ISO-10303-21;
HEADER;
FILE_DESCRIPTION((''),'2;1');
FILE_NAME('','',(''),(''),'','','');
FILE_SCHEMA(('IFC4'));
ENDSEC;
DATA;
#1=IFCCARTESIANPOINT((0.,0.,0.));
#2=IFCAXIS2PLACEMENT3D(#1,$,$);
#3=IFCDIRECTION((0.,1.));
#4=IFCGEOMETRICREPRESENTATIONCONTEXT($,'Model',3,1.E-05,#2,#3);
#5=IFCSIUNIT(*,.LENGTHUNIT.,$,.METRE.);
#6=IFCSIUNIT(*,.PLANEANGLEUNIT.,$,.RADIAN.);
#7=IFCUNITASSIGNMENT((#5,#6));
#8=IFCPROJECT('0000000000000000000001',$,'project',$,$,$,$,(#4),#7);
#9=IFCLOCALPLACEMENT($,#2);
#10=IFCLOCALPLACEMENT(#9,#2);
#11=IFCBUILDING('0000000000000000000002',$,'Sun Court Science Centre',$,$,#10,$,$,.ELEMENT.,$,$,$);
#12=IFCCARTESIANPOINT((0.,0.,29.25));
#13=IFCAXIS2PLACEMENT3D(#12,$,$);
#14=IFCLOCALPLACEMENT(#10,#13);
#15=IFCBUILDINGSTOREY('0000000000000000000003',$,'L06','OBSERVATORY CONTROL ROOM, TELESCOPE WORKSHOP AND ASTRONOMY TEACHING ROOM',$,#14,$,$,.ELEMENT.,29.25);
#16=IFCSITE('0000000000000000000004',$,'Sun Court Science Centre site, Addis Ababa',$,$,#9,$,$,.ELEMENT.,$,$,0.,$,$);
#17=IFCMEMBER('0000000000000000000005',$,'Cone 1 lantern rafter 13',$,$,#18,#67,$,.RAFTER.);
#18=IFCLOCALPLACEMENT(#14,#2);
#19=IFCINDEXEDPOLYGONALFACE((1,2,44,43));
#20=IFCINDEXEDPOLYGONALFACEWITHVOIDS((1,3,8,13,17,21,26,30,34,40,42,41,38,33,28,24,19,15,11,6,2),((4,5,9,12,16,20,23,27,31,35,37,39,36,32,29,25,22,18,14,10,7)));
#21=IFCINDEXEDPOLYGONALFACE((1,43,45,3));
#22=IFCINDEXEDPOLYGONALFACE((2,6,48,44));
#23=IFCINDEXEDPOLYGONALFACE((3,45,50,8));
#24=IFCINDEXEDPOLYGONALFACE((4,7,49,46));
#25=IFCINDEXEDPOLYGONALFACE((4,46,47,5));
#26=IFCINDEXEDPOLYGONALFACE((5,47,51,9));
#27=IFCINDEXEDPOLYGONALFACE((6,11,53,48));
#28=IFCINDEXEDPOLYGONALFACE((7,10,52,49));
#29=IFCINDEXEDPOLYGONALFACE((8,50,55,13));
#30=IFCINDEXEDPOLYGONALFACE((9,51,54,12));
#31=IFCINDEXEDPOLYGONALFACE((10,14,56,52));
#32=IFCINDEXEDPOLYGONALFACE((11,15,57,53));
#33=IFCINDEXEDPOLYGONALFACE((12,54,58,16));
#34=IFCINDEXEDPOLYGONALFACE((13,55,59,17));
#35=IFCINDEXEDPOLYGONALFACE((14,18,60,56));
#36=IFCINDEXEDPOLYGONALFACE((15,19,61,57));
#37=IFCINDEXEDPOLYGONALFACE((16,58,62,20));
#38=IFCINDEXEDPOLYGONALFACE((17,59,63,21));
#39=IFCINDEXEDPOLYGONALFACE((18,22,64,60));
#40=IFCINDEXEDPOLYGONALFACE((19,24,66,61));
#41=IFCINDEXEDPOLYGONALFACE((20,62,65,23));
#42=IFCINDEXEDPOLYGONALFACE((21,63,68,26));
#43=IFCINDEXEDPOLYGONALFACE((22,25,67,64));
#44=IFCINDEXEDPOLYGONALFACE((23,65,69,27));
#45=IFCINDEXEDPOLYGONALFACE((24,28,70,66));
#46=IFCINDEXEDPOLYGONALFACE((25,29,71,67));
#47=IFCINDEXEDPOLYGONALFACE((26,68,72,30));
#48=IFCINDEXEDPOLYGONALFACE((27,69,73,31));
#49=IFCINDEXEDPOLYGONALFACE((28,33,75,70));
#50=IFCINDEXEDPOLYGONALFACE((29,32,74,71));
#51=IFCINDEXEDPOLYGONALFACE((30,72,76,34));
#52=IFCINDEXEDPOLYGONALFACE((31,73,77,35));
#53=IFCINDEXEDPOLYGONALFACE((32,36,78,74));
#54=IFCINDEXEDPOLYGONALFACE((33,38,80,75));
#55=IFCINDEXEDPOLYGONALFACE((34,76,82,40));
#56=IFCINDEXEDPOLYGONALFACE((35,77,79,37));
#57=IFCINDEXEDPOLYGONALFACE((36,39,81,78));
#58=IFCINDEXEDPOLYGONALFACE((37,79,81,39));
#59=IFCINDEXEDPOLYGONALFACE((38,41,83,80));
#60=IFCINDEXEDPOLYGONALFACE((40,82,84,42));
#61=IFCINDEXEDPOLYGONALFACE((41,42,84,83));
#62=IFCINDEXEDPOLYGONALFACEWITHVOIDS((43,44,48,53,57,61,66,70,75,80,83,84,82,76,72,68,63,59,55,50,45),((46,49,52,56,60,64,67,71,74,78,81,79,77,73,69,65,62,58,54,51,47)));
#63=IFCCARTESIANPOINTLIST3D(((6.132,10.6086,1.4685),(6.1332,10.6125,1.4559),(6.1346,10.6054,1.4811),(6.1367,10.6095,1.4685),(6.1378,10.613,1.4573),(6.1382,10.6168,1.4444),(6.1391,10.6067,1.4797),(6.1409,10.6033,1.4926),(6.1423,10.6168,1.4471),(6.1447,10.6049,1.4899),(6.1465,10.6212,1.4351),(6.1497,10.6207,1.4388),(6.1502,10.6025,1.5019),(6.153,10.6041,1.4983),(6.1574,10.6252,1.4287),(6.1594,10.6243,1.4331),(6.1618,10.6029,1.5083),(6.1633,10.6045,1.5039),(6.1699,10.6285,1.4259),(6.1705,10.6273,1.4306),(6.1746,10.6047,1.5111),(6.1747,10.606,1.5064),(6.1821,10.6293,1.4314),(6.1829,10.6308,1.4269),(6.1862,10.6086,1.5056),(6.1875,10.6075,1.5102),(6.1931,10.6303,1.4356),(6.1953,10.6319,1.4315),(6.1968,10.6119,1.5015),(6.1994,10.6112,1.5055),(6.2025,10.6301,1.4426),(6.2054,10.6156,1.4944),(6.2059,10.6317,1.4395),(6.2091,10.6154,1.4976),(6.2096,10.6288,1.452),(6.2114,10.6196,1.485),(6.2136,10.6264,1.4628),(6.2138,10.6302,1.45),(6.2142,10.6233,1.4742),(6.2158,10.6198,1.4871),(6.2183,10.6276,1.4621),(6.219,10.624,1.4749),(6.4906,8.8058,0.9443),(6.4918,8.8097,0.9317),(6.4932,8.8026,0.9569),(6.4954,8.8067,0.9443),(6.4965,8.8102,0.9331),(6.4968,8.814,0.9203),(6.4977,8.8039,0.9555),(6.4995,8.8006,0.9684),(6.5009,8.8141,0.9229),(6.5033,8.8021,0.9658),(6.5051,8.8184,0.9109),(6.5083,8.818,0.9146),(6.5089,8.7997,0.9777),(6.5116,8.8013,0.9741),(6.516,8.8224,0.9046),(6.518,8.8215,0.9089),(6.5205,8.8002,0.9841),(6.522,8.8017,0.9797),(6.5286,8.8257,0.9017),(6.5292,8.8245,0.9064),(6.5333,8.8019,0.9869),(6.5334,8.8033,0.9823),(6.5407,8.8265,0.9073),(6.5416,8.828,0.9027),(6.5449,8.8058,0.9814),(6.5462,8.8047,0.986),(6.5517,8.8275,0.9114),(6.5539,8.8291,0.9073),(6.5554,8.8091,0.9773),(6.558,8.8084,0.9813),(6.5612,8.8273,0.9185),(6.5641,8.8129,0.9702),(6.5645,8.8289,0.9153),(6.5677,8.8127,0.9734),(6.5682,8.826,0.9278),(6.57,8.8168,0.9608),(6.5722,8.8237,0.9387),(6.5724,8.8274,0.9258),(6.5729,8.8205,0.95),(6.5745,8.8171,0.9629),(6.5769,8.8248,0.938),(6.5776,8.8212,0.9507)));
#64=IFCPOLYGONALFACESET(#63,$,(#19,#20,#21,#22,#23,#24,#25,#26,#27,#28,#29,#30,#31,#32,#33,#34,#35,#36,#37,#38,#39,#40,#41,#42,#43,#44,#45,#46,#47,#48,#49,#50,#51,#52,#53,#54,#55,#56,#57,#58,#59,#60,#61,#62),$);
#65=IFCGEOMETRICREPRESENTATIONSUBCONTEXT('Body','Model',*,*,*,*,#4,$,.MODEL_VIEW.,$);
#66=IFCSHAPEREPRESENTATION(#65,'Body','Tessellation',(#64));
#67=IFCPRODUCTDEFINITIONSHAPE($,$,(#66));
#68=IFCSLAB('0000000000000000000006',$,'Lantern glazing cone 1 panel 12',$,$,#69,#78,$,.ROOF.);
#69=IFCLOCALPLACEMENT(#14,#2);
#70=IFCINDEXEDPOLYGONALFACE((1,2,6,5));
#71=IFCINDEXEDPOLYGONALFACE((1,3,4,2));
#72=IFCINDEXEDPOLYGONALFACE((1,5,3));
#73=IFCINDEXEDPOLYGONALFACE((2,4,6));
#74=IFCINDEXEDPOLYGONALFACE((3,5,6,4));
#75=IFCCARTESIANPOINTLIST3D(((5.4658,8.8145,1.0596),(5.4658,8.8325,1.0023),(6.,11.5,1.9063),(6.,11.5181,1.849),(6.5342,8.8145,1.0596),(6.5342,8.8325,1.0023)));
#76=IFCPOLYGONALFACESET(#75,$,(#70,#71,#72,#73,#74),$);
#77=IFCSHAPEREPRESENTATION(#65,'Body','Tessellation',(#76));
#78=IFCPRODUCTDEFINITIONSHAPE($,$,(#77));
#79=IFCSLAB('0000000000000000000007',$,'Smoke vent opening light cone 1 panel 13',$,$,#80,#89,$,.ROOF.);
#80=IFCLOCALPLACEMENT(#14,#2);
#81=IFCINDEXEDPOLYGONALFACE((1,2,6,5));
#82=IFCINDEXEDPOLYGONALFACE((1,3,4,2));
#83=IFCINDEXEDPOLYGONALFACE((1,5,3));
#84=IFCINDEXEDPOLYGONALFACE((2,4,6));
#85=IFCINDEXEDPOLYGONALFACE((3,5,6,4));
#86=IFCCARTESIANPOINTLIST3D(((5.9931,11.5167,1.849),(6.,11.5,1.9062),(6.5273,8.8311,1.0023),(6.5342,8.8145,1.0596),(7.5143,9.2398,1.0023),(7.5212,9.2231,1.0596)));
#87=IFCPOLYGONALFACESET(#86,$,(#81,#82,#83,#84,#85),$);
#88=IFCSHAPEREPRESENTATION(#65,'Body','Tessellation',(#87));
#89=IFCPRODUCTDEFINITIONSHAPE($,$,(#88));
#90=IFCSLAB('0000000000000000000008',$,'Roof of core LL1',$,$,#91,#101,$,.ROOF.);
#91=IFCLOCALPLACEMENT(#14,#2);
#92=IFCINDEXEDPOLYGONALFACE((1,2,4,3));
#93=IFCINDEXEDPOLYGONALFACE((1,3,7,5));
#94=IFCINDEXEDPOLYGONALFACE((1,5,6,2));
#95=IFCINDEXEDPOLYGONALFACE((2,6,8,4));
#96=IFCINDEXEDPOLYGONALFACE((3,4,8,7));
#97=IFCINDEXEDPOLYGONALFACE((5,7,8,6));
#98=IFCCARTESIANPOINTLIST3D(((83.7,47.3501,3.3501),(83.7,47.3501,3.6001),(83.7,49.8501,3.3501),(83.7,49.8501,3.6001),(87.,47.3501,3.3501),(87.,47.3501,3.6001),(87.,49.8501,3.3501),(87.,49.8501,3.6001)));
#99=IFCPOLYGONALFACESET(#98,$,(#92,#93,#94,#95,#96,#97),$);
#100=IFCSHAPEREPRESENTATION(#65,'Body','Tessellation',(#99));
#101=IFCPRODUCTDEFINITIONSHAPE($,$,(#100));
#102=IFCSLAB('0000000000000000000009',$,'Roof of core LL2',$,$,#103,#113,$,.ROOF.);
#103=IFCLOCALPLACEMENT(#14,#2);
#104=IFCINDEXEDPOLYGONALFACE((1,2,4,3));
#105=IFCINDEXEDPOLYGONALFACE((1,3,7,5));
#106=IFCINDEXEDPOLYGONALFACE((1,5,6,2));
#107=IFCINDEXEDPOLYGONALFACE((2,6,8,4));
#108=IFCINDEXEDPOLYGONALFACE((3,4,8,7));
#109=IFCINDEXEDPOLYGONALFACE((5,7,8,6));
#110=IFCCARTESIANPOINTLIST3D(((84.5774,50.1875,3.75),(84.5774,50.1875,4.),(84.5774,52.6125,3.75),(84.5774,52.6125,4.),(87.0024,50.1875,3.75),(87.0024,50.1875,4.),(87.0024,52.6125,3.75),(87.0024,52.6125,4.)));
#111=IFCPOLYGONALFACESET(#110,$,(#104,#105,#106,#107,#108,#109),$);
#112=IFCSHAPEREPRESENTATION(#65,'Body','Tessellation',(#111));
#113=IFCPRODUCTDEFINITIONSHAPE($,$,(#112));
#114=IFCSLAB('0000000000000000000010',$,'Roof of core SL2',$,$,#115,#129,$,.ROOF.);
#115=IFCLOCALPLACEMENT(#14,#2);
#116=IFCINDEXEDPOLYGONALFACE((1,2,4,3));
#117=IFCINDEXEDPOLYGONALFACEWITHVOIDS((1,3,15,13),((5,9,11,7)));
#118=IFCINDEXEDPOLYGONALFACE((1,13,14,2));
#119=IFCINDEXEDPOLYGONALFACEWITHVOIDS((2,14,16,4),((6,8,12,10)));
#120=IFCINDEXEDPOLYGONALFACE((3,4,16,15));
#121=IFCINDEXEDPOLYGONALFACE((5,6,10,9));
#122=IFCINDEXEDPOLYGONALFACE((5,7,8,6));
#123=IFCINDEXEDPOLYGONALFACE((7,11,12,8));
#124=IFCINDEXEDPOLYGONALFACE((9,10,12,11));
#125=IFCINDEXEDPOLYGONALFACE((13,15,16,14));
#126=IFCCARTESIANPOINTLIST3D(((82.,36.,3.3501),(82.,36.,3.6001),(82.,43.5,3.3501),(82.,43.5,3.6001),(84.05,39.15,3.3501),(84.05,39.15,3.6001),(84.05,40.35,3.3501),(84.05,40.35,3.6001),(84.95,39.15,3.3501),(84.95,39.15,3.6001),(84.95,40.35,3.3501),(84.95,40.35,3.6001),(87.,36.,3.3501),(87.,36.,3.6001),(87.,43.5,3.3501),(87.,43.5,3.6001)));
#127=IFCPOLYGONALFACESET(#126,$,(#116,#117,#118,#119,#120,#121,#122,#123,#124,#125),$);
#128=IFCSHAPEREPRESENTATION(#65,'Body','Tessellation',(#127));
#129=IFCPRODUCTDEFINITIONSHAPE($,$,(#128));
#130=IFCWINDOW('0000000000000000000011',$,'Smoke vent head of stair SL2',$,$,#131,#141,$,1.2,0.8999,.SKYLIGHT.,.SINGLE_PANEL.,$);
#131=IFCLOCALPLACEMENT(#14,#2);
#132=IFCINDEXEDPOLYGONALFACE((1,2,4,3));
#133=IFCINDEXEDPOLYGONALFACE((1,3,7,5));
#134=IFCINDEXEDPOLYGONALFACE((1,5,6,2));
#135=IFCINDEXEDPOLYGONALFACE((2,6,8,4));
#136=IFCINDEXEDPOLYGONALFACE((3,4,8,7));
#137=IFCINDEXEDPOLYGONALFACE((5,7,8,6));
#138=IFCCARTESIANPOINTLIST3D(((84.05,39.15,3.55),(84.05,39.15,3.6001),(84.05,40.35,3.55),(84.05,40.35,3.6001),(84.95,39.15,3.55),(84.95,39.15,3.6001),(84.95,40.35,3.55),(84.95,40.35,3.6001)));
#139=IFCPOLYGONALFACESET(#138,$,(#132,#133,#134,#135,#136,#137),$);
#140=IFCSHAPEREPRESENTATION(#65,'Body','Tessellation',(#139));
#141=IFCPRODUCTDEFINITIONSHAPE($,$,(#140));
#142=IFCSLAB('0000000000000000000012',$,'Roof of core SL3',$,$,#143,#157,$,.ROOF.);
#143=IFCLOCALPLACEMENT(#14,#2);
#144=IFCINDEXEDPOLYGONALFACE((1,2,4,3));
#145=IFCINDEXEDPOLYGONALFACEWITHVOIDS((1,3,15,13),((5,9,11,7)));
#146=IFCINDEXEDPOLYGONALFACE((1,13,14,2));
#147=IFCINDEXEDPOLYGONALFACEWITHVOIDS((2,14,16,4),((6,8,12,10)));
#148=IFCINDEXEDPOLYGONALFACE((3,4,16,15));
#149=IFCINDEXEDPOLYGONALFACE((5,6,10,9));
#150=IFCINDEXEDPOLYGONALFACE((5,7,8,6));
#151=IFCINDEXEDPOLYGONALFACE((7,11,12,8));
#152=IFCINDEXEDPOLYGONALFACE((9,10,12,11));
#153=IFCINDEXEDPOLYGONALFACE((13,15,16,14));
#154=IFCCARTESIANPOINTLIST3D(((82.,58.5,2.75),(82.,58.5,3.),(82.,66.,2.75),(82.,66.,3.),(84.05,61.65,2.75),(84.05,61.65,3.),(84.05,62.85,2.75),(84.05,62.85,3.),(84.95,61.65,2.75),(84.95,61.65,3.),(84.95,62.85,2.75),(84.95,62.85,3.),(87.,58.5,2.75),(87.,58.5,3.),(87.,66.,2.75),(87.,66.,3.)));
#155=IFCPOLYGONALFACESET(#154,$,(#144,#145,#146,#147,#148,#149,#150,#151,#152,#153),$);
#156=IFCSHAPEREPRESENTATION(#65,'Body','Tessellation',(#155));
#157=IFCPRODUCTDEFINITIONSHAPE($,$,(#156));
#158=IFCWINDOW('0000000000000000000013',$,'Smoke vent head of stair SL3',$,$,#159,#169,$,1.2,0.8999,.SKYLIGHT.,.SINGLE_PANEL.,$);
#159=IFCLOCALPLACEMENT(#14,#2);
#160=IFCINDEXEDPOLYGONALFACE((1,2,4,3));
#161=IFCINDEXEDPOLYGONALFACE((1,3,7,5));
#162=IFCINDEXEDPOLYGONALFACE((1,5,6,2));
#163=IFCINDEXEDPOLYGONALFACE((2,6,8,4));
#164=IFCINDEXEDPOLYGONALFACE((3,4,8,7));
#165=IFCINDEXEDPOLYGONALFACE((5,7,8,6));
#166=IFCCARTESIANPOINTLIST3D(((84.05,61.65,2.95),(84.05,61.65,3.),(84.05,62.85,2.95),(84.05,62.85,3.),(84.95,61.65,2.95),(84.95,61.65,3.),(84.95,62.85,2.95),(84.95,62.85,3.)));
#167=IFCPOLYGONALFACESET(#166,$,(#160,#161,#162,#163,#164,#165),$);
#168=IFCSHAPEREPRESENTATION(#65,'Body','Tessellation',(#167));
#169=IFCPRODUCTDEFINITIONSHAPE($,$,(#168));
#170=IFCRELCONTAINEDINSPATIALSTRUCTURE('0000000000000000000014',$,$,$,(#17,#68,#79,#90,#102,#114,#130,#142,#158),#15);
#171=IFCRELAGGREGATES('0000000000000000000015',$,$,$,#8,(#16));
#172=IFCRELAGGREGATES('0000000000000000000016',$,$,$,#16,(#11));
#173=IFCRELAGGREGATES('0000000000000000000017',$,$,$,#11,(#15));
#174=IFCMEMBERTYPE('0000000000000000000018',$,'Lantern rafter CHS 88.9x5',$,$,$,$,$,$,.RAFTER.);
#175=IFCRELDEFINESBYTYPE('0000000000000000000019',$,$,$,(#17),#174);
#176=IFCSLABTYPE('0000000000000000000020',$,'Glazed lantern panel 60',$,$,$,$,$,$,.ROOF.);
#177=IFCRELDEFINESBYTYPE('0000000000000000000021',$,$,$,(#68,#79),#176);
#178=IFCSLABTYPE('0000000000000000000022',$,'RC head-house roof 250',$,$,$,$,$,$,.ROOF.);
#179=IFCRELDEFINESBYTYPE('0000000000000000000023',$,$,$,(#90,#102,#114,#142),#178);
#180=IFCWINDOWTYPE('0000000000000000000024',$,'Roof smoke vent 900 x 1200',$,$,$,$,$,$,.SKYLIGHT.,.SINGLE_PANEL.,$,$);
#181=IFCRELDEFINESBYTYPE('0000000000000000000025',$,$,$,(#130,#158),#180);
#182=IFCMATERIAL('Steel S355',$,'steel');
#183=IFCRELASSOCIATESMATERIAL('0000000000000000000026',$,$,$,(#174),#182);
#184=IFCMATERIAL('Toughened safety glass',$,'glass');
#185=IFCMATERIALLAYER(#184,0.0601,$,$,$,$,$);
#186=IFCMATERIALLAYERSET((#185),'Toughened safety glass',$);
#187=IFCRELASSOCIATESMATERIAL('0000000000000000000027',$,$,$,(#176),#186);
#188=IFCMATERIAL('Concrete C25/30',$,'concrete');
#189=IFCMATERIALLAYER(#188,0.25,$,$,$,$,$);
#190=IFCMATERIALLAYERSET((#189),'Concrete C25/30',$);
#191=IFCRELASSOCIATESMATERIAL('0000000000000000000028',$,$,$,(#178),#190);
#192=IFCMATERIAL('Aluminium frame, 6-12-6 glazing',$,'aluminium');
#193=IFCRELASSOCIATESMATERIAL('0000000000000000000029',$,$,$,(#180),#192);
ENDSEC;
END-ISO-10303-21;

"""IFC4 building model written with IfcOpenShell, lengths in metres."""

from ifc_helpers import new_model, si_unit, direction, frame, origin, origin_2d, place, context, subcontext, project, spatial, polyline, rectangle, hollow_circle, outline, extrude, material, layer, layer_set, material_profile, profile_set, type_object, element, fill, save


model = new_model("IFC4")

# Units and contexts
model_context = context("Model", 3, precision=1e-05, world=origin(), true_north=direction((0.0, 1.0)))
body_context = subcontext(model_context, "Body", "Model", "MODEL_VIEW")
ifc_project = project(units=[si_unit("LENGTHUNIT", "METRE"), si_unit("PLANEANGLEUNIT", "RADIAN")], contexts=[model_context])

# Site, building, storey
site_placement = place(None, origin())
site = spatial("IfcSite", under=ifc_project, at=site_placement, Name="Sun Court Science Centre site, Addis Ababa", CompositionType="ELEMENT", RefElevation=0.0)
building_placement = place(site_placement, origin())
building = spatial("IfcBuilding", under=site, at=building_placement, Name="Sun Court Science Centre", CompositionType="ELEMENT")
storey_placement = place(building_placement, frame((0.0, 0.0, 29.25)))
storey = spatial("IfcBuildingStorey", under=building, at=storey_placement, Name="L06", Description="OBSERVATORY CONTROL ROOM, TELESCOPE WORKSHOP AND ASTRONOMY TEACHING ROOM", CompositionType="ELEMENT", Elevation=29.25)

# Member
ifc_material_1 = material(Name="Steel S355", Category="steel")
ifc_material_profile_1 = material_profile(ifc_material_1, hollow_circle(Radius=0.0444, WallThickness=0.0049, at=origin_2d()), Name="CHS 88.9x5")
ifc_profile_set_1 = profile_set([ifc_material_profile_1], Name="Steel S355")
member_type_1 = type_object("IfcMemberType", Name="Lantern rafter CHS 88.9x5", PredefinedType="RAFTER", material=ifc_profile_set_1)
for number, where, z_axis, x_axis, name in (
    (1, (6.5342, 8.8145, 0.9443), (-0.187639, 0.943177, 0.274242), (-0.980779, -0.19512, 0.0), "Cone 1 lantern rafter 13"),
):
    element("IfcMember", number, at=place(storey_placement, frame(where, z_axis=z_axis, x_axis=x_axis)), inside=storey, type_object=member_type_1, Name=name, PredefinedType="RAFTER", context=body_context, shape_type="SweptSolid", body=[
        extrude(hollow_circle(Radius=0.0444, WallThickness=0.0049, at=origin_2d()), origin(), (0.0, 0.0, 1.0), 1.9114),
    ])

# Slabs
ifc_material_2 = material(Name="Toughened safety glass", Category="glass")
ifc_layer_1 = layer(ifc_material_2, 0.0601)
ifc_layer_set_1 = layer_set([ifc_layer_1], Name="Toughened safety glass")
slab_type_1 = type_object("IfcSlabType", Name="Glazed lantern panel 60", PredefinedType="ROOF", material=ifc_layer_set_1)
slab_1_placement = place(storey_placement, frame((5.4658, 8.8145, 1.0596), z_axis=(0.0, -0.300683, 0.953724), x_axis=(1.0, 0.0, 0.0)))
element("IfcSlab", 2, at=slab_1_placement, inside=storey, type_object=slab_type_1, Name="Lantern glazing cone 1 panel 12", PredefinedType="ROOF", context=body_context, shape_type="SweptSolid", body=[
    extrude(outline(polyline([(0.0, 0.0), (1.0684, 0.0), (0.5342, 2.8159), (0.0, 0.0)])), origin(), (0.0, 0.0, -1.0), 0.0601),
])
slab_2_placement = place(storey_placement, frame((6.5342, 8.8145, 1.0596), z_axis=(0.115025, -0.277804, 0.953726), x_axis=(0.923933, 0.382554, 0.0)))
element("IfcSlab", 3, at=slab_2_placement, inside=storey, type_object=slab_type_1, Name="Smoke vent opening light cone 1 panel 13", PredefinedType="ROOF", context=body_context, shape_type="SweptSolid", body=[
    extrude(outline(polyline([(0.0, 0.0), (1.0683, 0.0), (0.5338, 2.8159), (0.0, 0.0)])), origin(), (0.0, 0.0, -1.0), 0.0601),
])
ifc_material_3 = material(Name="Concrete C25/30", Category="concrete")
ifc_layer_2 = layer(ifc_material_3, 0.25)
ifc_layer_set_2 = layer_set([ifc_layer_2], Name="Concrete C25/30")
slab_type_2 = type_object("IfcSlabType", Name="RC head-house roof 250", PredefinedType="ROOF", material=ifc_layer_set_2)
slab_3_placement = place(storey_placement, frame((0.0, 0.0, 3.3501)))
element("IfcSlab", 4, at=slab_3_placement, inside=storey, type_object=slab_type_2, Name="Roof of core LL1", PredefinedType="ROOF", context=body_context, shape_type="SweptSolid", body=[
    extrude(outline(polyline([(83.7, 47.3501), (87.0, 47.3501), (87.0, 49.8501), (83.7, 49.8501), (83.7, 47.3501)])), origin(), (0.0, 0.0, 1.0), 0.25),
])
slab_4_placement = place(storey_placement, frame((0.0, 0.0, 3.75)))
element("IfcSlab", 5, at=slab_4_placement, inside=storey, type_object=slab_type_2, Name="Roof of core LL2", PredefinedType="ROOF", context=body_context, shape_type="SweptSolid", body=[
    extrude(outline(polyline([(84.5774, 50.1875), (87.0024, 50.1875), (87.0024, 52.6125), (84.5774, 52.6125), (84.5774, 50.1875)])), origin(), (0.0, 0.0, 1.0), 0.25),
])

# Slabs, openings, windows
slab_5_placement = place(storey_placement, frame((0.0, 0.0, 3.3501)))
slab_5 = element("IfcSlab", 6, at=slab_5_placement, inside=storey, type_object=slab_type_2, Name="Roof of core SL2", PredefinedType="ROOF", context=body_context, shape_type="SweptSolid", body=[
    extrude(outline(polyline([(82.0, 36.0), (87.0, 36.0), (87.0, 43.5), (82.0, 43.5), (82.0, 36.0)])), origin(), (0.0, 0.0, 1.0), 0.25),
])
opening_1_placement = place(slab_5_placement, frame((84.5, 39.75, -0.01)))
opening_1 = element("IfcOpeningElement", 7, at=opening_1_placement, cuts=slab_5, PredefinedType="OPENING", context=body_context, shape_type="SweptSolid", body=[
    extrude(rectangle(XDim=0.8999, YDim=1.2, at=origin_2d()), origin(), (0.0, 0.0, 1.0), 0.27),
])
ifc_material_4 = material(Name="Aluminium frame, 6-12-6 glazing", Category="aluminium")
window_type = type_object("IfcWindowType", Name="Roof smoke vent 900 x 1200", PartitioningType="SINGLE_PANEL", PredefinedType="SKYLIGHT", material=ifc_material_4)
window_1_placement = place(opening_1_placement, frame((0.0, 0.0, 0.21)))
window_1 = element("IfcWindow", 8, at=window_1_placement, inside=storey, type_object=window_type, Name="Smoke vent head of stair SL2", OverallHeight=1.2, OverallWidth=0.8999, PartitioningType="SINGLE_PANEL", PredefinedType="SKYLIGHT", context=body_context, shape_type="SweptSolid", body=[
    extrude(rectangle(XDim=0.8999, YDim=1.2, at=origin_2d()), origin(), (0.0, 0.0, 1.0), 0.05),
])
fill(opening_1, window_1)
slab_6_placement = place(storey_placement, frame((0.0, 0.0, 2.75)))
slab_6 = element("IfcSlab", 9, at=slab_6_placement, inside=storey, type_object=slab_type_2, Name="Roof of core SL3", PredefinedType="ROOF", context=body_context, shape_type="SweptSolid", body=[
    extrude(outline(polyline([(82.0, 58.5), (87.0, 58.5), (87.0, 66.0), (82.0, 66.0), (82.0, 58.5)])), origin(), (0.0, 0.0, 1.0), 0.25),
])
opening_2_placement = place(slab_6_placement, frame((84.5, 62.25, -0.01)))
opening_2 = element("IfcOpeningElement", 10, at=opening_2_placement, cuts=slab_6, PredefinedType="OPENING", context=body_context, shape_type="SweptSolid", body=[
    extrude(rectangle(XDim=0.8999, YDim=1.2, at=origin_2d()), origin(), (0.0, 0.0, 1.0), 0.27),
])
window_2_placement = place(opening_2_placement, frame((0.0, 0.0, 0.21)))
window_2 = element("IfcWindow", 11, at=window_2_placement, inside=storey, type_object=window_type, Name="Smoke vent head of stair SL3", OverallHeight=1.2, OverallWidth=0.8999, PartitioningType="SINGLE_PANEL", PredefinedType="SKYLIGHT", context=body_context, shape_type="SweptSolid", body=[
    extrude(rectangle(XDim=0.8999, YDim=1.2, at=origin_2d()), origin(), (0.0, 0.0, 1.0), 0.05),
])
fill(opening_2, window_2)

save(model, "model.ifc")
